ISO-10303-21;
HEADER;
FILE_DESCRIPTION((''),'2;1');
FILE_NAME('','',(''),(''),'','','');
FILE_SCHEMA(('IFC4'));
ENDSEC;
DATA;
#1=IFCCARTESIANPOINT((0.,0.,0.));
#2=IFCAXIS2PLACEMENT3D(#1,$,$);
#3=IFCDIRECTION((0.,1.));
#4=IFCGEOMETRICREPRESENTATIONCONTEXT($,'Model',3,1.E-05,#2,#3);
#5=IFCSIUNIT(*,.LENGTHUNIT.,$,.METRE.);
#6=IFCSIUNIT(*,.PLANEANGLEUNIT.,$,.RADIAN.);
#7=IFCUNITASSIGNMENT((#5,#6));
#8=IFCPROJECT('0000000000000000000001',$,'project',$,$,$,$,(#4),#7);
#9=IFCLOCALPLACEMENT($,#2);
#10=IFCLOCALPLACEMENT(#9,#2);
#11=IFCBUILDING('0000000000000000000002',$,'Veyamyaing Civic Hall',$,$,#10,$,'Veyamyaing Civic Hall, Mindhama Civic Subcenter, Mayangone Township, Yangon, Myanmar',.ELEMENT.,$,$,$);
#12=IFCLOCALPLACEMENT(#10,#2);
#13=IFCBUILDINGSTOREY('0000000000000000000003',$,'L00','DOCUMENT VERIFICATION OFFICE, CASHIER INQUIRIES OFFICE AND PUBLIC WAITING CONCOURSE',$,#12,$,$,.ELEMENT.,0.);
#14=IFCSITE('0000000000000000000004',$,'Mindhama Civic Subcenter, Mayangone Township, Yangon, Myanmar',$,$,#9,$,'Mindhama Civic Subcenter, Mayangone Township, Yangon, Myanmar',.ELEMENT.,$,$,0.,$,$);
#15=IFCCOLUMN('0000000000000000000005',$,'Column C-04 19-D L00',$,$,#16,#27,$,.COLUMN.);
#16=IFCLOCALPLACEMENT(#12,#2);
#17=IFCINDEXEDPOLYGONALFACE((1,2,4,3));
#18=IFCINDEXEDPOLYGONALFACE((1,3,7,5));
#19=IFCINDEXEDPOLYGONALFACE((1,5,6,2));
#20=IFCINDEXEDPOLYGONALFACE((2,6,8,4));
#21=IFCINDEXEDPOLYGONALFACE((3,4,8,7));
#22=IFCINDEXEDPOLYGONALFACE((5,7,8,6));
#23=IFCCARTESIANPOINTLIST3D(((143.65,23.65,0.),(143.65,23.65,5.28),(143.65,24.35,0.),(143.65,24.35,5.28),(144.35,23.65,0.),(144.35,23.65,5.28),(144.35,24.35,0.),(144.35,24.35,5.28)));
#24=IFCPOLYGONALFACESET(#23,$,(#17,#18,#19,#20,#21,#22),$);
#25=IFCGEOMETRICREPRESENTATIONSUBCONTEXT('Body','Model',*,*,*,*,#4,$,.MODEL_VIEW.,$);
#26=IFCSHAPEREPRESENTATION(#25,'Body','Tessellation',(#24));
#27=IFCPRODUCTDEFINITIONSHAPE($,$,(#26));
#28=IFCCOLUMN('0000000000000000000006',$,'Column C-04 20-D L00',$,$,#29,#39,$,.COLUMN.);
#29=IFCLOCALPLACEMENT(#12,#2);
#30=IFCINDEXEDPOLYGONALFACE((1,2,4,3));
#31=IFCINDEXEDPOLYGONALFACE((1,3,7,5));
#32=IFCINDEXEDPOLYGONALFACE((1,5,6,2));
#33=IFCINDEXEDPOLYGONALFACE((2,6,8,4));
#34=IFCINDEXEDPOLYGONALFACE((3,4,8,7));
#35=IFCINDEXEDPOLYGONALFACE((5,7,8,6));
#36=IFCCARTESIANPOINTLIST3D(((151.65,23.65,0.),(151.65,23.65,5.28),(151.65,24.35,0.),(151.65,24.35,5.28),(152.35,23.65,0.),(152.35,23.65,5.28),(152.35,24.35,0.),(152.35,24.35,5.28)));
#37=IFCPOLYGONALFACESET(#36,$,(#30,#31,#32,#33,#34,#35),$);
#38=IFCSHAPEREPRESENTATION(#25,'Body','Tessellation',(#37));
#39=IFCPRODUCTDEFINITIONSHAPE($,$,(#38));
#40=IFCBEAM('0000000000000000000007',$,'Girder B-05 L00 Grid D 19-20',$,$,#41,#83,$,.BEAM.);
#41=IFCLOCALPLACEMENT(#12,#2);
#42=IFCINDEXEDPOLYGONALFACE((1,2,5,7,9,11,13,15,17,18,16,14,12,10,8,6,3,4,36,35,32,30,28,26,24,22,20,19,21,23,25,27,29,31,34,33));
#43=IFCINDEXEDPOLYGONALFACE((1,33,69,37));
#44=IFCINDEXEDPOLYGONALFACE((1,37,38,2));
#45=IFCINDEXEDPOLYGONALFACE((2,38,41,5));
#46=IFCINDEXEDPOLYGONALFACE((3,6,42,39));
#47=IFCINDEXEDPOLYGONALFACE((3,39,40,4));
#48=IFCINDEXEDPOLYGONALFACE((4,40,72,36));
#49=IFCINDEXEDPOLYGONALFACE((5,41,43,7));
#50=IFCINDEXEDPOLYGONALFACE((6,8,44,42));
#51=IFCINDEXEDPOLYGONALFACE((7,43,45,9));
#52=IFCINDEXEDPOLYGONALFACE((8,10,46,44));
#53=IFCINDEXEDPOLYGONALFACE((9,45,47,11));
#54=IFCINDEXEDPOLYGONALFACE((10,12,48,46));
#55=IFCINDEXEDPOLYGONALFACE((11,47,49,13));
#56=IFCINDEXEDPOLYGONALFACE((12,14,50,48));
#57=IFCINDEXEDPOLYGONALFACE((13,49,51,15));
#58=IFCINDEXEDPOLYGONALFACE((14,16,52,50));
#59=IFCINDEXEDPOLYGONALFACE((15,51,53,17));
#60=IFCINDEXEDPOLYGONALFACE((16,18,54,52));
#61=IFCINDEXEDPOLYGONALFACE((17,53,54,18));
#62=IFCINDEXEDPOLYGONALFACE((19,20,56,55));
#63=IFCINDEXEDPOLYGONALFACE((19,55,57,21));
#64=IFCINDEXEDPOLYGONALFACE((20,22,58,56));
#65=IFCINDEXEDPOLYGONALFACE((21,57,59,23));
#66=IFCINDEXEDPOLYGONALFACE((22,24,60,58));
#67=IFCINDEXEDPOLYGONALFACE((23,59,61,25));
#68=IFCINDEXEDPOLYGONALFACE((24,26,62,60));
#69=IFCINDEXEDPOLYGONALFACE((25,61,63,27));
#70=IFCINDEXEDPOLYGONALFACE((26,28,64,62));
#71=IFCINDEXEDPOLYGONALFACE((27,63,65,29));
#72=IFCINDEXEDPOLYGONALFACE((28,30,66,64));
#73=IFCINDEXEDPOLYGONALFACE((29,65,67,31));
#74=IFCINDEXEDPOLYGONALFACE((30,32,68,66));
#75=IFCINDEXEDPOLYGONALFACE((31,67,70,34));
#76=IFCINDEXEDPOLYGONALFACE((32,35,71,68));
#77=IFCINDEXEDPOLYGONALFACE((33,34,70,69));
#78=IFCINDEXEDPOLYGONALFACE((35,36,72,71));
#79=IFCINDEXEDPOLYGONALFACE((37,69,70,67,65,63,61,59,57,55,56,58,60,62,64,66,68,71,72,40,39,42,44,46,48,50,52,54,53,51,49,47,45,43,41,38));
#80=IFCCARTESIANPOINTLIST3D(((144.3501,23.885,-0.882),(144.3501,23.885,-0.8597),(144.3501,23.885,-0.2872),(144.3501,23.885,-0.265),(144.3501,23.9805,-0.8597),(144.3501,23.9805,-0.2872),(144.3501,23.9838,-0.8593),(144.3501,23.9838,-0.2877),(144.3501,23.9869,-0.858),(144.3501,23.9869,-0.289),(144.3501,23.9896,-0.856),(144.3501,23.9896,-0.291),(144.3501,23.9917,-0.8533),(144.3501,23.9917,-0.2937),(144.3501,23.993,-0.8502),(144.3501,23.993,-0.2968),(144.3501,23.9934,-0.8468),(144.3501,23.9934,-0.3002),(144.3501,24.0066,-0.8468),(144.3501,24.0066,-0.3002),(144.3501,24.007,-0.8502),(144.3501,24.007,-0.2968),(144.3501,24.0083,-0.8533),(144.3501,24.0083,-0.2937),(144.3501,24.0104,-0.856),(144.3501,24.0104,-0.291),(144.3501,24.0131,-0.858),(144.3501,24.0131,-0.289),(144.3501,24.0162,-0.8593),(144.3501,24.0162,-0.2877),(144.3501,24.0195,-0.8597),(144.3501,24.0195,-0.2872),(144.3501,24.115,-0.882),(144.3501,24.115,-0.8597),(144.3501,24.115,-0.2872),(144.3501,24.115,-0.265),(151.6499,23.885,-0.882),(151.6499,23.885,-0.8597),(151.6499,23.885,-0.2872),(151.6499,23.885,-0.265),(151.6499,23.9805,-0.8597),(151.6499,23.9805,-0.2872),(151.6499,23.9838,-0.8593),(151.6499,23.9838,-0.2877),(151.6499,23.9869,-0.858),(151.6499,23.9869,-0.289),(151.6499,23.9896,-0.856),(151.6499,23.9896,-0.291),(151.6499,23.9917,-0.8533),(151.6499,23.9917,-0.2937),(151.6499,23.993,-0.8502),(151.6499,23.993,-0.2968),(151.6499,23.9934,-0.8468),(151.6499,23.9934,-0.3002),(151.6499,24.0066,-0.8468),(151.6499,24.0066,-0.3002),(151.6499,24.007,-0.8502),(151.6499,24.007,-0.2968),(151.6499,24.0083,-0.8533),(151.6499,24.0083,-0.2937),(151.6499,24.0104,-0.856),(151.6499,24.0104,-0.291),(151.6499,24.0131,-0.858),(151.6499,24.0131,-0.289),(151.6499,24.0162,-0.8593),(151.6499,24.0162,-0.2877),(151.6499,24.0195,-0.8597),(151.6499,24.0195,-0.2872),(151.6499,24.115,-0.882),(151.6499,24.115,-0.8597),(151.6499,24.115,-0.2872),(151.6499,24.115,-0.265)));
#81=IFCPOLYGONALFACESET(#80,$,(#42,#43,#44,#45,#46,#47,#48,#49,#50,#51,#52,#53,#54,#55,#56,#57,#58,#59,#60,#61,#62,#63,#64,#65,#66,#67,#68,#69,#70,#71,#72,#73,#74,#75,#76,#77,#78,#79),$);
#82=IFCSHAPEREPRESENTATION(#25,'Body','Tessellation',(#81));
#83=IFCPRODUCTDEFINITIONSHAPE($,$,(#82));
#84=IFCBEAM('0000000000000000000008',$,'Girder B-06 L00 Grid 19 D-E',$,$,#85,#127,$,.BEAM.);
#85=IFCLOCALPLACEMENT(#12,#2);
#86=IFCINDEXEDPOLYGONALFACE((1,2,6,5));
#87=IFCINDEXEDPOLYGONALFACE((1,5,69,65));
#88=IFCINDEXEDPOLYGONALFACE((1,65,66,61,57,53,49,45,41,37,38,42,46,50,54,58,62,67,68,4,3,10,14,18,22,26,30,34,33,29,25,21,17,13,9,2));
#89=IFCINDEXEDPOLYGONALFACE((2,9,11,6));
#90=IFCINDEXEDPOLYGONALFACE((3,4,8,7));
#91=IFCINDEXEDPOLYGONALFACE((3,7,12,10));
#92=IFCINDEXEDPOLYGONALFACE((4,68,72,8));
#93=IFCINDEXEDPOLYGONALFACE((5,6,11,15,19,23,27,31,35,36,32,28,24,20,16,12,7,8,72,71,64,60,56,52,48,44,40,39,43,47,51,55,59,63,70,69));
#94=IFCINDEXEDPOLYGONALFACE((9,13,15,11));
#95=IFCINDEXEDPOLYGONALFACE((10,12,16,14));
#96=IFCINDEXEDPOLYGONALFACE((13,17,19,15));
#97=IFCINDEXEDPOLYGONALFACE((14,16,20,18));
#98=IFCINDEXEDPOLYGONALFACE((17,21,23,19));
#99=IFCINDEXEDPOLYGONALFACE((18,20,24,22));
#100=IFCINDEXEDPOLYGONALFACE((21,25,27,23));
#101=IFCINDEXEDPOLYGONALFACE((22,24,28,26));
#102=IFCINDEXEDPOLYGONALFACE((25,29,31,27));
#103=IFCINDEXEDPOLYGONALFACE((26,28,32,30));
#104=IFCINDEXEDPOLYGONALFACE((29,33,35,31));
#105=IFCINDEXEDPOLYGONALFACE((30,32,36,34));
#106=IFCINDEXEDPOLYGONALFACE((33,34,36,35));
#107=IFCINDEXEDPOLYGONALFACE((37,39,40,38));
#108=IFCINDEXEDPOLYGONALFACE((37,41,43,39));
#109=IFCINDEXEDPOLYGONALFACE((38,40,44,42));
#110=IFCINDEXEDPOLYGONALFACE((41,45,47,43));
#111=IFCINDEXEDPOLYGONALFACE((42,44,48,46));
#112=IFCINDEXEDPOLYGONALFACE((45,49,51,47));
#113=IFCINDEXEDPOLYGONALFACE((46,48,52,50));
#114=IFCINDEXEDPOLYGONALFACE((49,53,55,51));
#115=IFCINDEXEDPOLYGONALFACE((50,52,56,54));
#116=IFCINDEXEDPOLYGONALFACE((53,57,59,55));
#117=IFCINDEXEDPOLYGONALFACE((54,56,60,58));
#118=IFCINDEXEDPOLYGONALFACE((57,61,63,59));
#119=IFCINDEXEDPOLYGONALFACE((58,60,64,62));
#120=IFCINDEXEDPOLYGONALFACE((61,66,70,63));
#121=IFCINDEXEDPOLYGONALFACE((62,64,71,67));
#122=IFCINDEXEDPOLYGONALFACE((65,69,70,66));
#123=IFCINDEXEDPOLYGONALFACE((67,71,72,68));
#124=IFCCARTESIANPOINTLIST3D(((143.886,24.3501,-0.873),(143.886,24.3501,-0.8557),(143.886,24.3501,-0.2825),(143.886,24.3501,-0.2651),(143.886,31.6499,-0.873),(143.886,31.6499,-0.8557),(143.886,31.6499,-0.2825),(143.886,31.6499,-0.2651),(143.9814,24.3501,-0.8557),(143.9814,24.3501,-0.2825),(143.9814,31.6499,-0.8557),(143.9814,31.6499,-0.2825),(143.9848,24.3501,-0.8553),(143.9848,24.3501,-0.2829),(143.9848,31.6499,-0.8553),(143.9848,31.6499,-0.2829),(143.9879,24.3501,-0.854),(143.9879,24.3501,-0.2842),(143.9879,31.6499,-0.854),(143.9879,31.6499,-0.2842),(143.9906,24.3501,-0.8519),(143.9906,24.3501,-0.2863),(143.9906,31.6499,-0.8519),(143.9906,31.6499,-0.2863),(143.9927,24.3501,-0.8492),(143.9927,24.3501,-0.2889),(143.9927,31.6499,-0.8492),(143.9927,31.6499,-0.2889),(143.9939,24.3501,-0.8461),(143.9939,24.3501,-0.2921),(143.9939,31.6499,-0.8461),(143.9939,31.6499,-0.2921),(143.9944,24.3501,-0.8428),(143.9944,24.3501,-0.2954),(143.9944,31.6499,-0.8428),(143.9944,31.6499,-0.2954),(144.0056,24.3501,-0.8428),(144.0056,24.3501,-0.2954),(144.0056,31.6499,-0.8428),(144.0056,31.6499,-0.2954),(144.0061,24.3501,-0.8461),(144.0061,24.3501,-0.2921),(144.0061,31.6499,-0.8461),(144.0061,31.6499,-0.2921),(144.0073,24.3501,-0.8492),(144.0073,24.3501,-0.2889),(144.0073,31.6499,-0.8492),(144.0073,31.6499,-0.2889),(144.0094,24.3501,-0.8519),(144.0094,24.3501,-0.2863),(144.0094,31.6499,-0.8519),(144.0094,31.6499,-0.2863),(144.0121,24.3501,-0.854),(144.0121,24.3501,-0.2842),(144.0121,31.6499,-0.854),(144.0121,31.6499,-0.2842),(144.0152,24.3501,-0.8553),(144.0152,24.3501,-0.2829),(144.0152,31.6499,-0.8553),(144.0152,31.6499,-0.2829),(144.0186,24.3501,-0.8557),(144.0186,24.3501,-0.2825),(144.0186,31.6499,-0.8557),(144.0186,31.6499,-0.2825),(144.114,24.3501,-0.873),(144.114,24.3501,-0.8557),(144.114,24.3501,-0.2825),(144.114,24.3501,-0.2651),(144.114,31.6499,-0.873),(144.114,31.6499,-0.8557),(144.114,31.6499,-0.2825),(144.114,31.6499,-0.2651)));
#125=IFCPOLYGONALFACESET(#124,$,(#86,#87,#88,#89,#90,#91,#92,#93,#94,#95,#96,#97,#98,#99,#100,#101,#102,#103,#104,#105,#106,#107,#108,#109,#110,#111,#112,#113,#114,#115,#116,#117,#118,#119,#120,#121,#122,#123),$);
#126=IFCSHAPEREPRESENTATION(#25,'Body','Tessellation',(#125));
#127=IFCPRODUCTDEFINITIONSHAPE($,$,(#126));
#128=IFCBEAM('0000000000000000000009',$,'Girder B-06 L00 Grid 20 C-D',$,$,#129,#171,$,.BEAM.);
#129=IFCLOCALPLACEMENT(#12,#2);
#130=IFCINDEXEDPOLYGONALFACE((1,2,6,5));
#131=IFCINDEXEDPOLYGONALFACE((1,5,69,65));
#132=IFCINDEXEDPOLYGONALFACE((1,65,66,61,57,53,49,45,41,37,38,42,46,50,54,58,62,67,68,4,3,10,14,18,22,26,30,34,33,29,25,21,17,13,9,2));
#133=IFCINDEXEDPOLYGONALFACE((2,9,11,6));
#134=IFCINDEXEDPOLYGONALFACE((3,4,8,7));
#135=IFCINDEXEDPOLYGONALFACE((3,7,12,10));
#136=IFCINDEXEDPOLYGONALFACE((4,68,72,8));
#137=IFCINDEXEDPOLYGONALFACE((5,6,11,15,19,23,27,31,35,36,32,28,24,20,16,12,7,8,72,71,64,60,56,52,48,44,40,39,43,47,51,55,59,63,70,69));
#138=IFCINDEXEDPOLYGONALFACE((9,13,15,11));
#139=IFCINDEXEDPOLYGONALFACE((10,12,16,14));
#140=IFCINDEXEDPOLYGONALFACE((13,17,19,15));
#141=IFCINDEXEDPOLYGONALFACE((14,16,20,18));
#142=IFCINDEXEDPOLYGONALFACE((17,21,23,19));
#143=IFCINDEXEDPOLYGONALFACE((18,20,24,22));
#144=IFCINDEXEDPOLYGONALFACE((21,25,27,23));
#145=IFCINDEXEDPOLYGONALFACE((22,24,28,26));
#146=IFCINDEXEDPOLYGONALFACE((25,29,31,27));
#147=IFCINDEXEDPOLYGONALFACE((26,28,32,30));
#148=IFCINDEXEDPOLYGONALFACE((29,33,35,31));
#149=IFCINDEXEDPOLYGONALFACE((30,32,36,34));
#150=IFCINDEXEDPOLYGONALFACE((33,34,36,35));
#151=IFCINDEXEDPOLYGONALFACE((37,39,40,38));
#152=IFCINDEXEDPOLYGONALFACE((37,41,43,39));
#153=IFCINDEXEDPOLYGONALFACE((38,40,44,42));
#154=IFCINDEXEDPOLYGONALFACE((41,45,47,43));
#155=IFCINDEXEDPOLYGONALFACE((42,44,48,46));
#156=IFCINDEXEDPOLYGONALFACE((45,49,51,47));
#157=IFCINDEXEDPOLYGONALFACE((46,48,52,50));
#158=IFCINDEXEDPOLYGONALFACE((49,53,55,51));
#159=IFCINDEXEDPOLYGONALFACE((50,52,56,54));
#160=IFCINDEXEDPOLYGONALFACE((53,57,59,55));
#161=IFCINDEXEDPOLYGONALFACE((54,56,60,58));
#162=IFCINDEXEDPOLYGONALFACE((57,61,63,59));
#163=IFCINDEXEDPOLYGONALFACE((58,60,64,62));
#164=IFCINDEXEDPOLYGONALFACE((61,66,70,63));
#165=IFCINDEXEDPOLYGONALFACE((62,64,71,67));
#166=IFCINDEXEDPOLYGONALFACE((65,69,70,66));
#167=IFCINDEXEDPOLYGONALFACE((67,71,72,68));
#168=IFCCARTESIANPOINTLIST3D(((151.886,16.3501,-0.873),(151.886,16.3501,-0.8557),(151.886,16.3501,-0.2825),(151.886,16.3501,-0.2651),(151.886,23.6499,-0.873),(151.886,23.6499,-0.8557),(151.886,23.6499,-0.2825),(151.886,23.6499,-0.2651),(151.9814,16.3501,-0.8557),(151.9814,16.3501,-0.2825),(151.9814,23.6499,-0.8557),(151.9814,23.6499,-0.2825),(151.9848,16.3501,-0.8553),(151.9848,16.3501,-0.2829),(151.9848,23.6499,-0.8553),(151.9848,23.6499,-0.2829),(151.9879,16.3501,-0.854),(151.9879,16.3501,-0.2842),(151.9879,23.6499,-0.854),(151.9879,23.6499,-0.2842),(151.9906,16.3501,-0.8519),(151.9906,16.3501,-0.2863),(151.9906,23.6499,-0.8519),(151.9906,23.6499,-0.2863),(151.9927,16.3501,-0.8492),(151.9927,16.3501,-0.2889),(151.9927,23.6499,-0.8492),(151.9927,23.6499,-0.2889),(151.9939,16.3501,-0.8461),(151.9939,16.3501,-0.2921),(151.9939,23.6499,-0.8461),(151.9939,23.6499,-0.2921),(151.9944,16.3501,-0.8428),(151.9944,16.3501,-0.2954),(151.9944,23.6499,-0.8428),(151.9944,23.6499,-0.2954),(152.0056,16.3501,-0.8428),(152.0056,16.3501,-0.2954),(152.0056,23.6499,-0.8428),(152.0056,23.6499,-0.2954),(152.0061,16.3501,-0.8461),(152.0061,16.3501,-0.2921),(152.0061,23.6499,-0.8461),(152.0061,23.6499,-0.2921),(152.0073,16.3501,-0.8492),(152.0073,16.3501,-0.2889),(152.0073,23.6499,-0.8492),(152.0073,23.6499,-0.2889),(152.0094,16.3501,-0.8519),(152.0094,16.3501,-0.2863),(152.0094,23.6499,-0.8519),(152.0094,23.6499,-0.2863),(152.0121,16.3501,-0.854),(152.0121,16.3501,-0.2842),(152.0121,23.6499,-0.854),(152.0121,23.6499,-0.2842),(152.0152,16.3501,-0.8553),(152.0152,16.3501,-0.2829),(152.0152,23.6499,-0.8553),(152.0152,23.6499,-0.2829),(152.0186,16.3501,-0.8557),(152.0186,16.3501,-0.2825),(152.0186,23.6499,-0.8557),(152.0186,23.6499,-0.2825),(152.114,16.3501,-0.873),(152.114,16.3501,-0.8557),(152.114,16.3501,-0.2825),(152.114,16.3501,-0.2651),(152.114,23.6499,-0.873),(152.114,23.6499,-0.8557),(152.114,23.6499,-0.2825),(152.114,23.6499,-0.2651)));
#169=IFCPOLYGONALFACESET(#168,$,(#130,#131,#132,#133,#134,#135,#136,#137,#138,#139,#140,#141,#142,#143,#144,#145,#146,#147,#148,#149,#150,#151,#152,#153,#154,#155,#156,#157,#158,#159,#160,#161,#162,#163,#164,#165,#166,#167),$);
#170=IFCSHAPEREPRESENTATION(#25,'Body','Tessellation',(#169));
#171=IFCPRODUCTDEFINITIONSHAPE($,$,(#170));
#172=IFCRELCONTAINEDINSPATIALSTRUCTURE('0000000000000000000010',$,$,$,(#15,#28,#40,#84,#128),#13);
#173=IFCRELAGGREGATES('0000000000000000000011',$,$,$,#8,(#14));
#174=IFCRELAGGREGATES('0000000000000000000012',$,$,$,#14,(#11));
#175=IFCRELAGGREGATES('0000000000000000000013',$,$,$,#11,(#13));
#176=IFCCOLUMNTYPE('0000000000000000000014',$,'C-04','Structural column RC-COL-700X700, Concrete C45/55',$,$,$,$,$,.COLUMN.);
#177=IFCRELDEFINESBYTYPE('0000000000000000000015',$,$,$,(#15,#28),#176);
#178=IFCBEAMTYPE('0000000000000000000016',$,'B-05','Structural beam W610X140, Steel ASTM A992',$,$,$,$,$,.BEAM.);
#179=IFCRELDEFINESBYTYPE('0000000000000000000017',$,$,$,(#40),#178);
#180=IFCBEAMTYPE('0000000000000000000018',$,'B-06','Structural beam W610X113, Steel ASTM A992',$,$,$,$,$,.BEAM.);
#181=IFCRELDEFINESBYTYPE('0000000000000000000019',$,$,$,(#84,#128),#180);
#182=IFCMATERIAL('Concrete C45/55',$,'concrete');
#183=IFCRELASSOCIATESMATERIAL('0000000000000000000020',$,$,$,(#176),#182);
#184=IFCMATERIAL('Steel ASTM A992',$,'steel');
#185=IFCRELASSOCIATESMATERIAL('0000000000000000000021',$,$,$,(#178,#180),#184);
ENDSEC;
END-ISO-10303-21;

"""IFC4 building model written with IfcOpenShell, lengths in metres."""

from ifc_helpers import new_model, si_unit, direction, frame, origin, origin_2d, place, context, subcontext, project, spatial, rectangle, i_section, extrude, material, material_profile, profile_set, type_object, element, save


model = new_model("IFC4")

# Units and contexts
model_context = context("Model", 3, precision=1e-05, world=origin(), true_north=direction((0.0, 1.0)))
body_context = subcontext(model_context, "Body", "Model", "MODEL_VIEW")
ifc_project = project(units=[si_unit("LENGTHUNIT", "METRE"), si_unit("PLANEANGLEUNIT", "RADIAN")], contexts=[model_context])

# Site, building, storey
site_placement = place(None, origin())
site = spatial("IfcSite", under=ifc_project, at=site_placement, Name="Mindhama Civic Subcenter, Mayangone Township, Yangon, Myanmar", LongName="Mindhama Civic Subcenter, Mayangone Township, Yangon, Myanmar", CompositionType="ELEMENT", RefElevation=0.0)
building_placement = place(site_placement, origin())
building = spatial("IfcBuilding", under=site, at=building_placement, Name="Veyamyaing Civic Hall", LongName="Veyamyaing Civic Hall, Mindhama Civic Subcenter, Mayangone Township, Yangon, Myanmar", CompositionType="ELEMENT")
storey_placement = place(building_placement, origin())
storey = spatial("IfcBuildingStorey", under=building, at=storey_placement, Name="L00", Description="DOCUMENT VERIFICATION OFFICE, CASHIER INQUIRIES OFFICE AND PUBLIC WAITING CONCOURSE", CompositionType="ELEMENT", Elevation=0.0)

# Columns
ifc_material_1 = material(Name="Concrete C45/55", Category="concrete")
ifc_material_profile_1 = material_profile(ifc_material_1, rectangle(XDim=0.7, YDim=0.7, at=origin_2d()), Name="RC-COL-700X700")
ifc_profile_set_1 = profile_set([ifc_material_profile_1], Name="Concrete C45/55")
column_type = type_object("IfcColumnType", Name="C-04", Description="Structural column RC-COL-700X700, Concrete C45/55", PredefinedType="COLUMN", material=ifc_profile_set_1)
for number, where, z_axis, x_axis, name in (
    (1, (144.0, 24.0, 0.0), (0.0, 0.0, 1.0), (1.0, 0.0, 0.0), "Column C-04 19-D L00"),
    (2, (152.0, 24.0, 0.0), (0.0, 0.0, 1.0), (1.0, 0.0, 0.0), "Column C-04 20-D L00"),
):
    element("IfcColumn", number, at=place(storey_placement, frame(where, z_axis=z_axis, x_axis=x_axis)), inside=storey, type_object=column_type, Name=name, PredefinedType="COLUMN", context=body_context, shape_type="SweptSolid", body=[
        extrude(rectangle(XDim=0.7, YDim=0.7, at=origin_2d()), origin(), (0.0, 0.0, 1.0), 5.28),
    ])

# Beams
ifc_material_2 = material(Name="Steel ASTM A992", Category="steel")
ifc_material_profile_2 = material_profile(ifc_material_2, i_section(OverallWidth=0.23, OverallDepth=0.6169, WebThickness=0.0132, FlangeThickness=0.0222, FilletRadius=0.0129, at=origin_2d()), Name="W610X140")
ifc_profile_set_2 = profile_set([ifc_material_profile_2], Name="Steel ASTM A992")
beam_type_1 = type_object("IfcBeamType", Name="B-05", Description="Structural beam W610X140, Steel ASTM A992", PredefinedType="BEAM", material=ifc_profile_set_2)
beam_1_placement = place(storey_placement, frame((144.3501, 24.0, -0.5735), z_axis=(1.0, 0.0, 0.0), x_axis=(0.0, 1.0, 0.0)))
element("IfcBeam", 3, at=beam_1_placement, inside=storey, type_object=beam_type_1, Name="Girder B-05 L00 Grid D 19-20", PredefinedType="BEAM", context=body_context, shape_type="SweptSolid", body=[
    extrude(i_section(OverallWidth=0.23, OverallDepth=0.6169, WebThickness=0.0132, FlangeThickness=0.0222, FilletRadius=0.0129, at=origin_2d()), origin(), (0.0, 0.0, 1.0), 7.2998),
])
ifc_material_profile_3 = material_profile(ifc_material_2, i_section(OverallWidth=0.228, OverallDepth=0.6079, WebThickness=0.0112, FlangeThickness=0.0173, FilletRadius=0.0129, at=origin_2d()), Name="W610X113")
ifc_profile_set_3 = profile_set([ifc_material_profile_3], Name="Steel ASTM A992")
beam_type_2 = type_object("IfcBeamType", Name="B-06", Description="Structural beam W610X113, Steel ASTM A992", PredefinedType="BEAM", material=ifc_profile_set_3)
for number, where, z_axis, x_axis, name in (
    (4, (144.0, 24.3501, -0.5691), (0.0, 1.0, 0.0), (-1.0, 0.0, 0.0), "Girder B-06 L00 Grid 19 D-E"),
    (5, (152.0, 16.3501, -0.5691), (0.0, 1.0, 0.0), (-1.0, 0.0, 0.0), "Girder B-06 L00 Grid 20 C-D"),
):
    element("IfcBeam", number, at=place(storey_placement, frame(where, z_axis=z_axis, x_axis=x_axis)), inside=storey, type_object=beam_type_2, Name=name, PredefinedType="BEAM", context=body_context, shape_type="SweptSolid", body=[
        extrude(i_section(OverallWidth=0.228, OverallDepth=0.6079, WebThickness=0.0112, FlangeThickness=0.0173, FilletRadius=0.0129, at=origin_2d()), origin(), (0.0, 0.0, 1.0), 7.2998),
    ])

save(model, "model.ifc")
